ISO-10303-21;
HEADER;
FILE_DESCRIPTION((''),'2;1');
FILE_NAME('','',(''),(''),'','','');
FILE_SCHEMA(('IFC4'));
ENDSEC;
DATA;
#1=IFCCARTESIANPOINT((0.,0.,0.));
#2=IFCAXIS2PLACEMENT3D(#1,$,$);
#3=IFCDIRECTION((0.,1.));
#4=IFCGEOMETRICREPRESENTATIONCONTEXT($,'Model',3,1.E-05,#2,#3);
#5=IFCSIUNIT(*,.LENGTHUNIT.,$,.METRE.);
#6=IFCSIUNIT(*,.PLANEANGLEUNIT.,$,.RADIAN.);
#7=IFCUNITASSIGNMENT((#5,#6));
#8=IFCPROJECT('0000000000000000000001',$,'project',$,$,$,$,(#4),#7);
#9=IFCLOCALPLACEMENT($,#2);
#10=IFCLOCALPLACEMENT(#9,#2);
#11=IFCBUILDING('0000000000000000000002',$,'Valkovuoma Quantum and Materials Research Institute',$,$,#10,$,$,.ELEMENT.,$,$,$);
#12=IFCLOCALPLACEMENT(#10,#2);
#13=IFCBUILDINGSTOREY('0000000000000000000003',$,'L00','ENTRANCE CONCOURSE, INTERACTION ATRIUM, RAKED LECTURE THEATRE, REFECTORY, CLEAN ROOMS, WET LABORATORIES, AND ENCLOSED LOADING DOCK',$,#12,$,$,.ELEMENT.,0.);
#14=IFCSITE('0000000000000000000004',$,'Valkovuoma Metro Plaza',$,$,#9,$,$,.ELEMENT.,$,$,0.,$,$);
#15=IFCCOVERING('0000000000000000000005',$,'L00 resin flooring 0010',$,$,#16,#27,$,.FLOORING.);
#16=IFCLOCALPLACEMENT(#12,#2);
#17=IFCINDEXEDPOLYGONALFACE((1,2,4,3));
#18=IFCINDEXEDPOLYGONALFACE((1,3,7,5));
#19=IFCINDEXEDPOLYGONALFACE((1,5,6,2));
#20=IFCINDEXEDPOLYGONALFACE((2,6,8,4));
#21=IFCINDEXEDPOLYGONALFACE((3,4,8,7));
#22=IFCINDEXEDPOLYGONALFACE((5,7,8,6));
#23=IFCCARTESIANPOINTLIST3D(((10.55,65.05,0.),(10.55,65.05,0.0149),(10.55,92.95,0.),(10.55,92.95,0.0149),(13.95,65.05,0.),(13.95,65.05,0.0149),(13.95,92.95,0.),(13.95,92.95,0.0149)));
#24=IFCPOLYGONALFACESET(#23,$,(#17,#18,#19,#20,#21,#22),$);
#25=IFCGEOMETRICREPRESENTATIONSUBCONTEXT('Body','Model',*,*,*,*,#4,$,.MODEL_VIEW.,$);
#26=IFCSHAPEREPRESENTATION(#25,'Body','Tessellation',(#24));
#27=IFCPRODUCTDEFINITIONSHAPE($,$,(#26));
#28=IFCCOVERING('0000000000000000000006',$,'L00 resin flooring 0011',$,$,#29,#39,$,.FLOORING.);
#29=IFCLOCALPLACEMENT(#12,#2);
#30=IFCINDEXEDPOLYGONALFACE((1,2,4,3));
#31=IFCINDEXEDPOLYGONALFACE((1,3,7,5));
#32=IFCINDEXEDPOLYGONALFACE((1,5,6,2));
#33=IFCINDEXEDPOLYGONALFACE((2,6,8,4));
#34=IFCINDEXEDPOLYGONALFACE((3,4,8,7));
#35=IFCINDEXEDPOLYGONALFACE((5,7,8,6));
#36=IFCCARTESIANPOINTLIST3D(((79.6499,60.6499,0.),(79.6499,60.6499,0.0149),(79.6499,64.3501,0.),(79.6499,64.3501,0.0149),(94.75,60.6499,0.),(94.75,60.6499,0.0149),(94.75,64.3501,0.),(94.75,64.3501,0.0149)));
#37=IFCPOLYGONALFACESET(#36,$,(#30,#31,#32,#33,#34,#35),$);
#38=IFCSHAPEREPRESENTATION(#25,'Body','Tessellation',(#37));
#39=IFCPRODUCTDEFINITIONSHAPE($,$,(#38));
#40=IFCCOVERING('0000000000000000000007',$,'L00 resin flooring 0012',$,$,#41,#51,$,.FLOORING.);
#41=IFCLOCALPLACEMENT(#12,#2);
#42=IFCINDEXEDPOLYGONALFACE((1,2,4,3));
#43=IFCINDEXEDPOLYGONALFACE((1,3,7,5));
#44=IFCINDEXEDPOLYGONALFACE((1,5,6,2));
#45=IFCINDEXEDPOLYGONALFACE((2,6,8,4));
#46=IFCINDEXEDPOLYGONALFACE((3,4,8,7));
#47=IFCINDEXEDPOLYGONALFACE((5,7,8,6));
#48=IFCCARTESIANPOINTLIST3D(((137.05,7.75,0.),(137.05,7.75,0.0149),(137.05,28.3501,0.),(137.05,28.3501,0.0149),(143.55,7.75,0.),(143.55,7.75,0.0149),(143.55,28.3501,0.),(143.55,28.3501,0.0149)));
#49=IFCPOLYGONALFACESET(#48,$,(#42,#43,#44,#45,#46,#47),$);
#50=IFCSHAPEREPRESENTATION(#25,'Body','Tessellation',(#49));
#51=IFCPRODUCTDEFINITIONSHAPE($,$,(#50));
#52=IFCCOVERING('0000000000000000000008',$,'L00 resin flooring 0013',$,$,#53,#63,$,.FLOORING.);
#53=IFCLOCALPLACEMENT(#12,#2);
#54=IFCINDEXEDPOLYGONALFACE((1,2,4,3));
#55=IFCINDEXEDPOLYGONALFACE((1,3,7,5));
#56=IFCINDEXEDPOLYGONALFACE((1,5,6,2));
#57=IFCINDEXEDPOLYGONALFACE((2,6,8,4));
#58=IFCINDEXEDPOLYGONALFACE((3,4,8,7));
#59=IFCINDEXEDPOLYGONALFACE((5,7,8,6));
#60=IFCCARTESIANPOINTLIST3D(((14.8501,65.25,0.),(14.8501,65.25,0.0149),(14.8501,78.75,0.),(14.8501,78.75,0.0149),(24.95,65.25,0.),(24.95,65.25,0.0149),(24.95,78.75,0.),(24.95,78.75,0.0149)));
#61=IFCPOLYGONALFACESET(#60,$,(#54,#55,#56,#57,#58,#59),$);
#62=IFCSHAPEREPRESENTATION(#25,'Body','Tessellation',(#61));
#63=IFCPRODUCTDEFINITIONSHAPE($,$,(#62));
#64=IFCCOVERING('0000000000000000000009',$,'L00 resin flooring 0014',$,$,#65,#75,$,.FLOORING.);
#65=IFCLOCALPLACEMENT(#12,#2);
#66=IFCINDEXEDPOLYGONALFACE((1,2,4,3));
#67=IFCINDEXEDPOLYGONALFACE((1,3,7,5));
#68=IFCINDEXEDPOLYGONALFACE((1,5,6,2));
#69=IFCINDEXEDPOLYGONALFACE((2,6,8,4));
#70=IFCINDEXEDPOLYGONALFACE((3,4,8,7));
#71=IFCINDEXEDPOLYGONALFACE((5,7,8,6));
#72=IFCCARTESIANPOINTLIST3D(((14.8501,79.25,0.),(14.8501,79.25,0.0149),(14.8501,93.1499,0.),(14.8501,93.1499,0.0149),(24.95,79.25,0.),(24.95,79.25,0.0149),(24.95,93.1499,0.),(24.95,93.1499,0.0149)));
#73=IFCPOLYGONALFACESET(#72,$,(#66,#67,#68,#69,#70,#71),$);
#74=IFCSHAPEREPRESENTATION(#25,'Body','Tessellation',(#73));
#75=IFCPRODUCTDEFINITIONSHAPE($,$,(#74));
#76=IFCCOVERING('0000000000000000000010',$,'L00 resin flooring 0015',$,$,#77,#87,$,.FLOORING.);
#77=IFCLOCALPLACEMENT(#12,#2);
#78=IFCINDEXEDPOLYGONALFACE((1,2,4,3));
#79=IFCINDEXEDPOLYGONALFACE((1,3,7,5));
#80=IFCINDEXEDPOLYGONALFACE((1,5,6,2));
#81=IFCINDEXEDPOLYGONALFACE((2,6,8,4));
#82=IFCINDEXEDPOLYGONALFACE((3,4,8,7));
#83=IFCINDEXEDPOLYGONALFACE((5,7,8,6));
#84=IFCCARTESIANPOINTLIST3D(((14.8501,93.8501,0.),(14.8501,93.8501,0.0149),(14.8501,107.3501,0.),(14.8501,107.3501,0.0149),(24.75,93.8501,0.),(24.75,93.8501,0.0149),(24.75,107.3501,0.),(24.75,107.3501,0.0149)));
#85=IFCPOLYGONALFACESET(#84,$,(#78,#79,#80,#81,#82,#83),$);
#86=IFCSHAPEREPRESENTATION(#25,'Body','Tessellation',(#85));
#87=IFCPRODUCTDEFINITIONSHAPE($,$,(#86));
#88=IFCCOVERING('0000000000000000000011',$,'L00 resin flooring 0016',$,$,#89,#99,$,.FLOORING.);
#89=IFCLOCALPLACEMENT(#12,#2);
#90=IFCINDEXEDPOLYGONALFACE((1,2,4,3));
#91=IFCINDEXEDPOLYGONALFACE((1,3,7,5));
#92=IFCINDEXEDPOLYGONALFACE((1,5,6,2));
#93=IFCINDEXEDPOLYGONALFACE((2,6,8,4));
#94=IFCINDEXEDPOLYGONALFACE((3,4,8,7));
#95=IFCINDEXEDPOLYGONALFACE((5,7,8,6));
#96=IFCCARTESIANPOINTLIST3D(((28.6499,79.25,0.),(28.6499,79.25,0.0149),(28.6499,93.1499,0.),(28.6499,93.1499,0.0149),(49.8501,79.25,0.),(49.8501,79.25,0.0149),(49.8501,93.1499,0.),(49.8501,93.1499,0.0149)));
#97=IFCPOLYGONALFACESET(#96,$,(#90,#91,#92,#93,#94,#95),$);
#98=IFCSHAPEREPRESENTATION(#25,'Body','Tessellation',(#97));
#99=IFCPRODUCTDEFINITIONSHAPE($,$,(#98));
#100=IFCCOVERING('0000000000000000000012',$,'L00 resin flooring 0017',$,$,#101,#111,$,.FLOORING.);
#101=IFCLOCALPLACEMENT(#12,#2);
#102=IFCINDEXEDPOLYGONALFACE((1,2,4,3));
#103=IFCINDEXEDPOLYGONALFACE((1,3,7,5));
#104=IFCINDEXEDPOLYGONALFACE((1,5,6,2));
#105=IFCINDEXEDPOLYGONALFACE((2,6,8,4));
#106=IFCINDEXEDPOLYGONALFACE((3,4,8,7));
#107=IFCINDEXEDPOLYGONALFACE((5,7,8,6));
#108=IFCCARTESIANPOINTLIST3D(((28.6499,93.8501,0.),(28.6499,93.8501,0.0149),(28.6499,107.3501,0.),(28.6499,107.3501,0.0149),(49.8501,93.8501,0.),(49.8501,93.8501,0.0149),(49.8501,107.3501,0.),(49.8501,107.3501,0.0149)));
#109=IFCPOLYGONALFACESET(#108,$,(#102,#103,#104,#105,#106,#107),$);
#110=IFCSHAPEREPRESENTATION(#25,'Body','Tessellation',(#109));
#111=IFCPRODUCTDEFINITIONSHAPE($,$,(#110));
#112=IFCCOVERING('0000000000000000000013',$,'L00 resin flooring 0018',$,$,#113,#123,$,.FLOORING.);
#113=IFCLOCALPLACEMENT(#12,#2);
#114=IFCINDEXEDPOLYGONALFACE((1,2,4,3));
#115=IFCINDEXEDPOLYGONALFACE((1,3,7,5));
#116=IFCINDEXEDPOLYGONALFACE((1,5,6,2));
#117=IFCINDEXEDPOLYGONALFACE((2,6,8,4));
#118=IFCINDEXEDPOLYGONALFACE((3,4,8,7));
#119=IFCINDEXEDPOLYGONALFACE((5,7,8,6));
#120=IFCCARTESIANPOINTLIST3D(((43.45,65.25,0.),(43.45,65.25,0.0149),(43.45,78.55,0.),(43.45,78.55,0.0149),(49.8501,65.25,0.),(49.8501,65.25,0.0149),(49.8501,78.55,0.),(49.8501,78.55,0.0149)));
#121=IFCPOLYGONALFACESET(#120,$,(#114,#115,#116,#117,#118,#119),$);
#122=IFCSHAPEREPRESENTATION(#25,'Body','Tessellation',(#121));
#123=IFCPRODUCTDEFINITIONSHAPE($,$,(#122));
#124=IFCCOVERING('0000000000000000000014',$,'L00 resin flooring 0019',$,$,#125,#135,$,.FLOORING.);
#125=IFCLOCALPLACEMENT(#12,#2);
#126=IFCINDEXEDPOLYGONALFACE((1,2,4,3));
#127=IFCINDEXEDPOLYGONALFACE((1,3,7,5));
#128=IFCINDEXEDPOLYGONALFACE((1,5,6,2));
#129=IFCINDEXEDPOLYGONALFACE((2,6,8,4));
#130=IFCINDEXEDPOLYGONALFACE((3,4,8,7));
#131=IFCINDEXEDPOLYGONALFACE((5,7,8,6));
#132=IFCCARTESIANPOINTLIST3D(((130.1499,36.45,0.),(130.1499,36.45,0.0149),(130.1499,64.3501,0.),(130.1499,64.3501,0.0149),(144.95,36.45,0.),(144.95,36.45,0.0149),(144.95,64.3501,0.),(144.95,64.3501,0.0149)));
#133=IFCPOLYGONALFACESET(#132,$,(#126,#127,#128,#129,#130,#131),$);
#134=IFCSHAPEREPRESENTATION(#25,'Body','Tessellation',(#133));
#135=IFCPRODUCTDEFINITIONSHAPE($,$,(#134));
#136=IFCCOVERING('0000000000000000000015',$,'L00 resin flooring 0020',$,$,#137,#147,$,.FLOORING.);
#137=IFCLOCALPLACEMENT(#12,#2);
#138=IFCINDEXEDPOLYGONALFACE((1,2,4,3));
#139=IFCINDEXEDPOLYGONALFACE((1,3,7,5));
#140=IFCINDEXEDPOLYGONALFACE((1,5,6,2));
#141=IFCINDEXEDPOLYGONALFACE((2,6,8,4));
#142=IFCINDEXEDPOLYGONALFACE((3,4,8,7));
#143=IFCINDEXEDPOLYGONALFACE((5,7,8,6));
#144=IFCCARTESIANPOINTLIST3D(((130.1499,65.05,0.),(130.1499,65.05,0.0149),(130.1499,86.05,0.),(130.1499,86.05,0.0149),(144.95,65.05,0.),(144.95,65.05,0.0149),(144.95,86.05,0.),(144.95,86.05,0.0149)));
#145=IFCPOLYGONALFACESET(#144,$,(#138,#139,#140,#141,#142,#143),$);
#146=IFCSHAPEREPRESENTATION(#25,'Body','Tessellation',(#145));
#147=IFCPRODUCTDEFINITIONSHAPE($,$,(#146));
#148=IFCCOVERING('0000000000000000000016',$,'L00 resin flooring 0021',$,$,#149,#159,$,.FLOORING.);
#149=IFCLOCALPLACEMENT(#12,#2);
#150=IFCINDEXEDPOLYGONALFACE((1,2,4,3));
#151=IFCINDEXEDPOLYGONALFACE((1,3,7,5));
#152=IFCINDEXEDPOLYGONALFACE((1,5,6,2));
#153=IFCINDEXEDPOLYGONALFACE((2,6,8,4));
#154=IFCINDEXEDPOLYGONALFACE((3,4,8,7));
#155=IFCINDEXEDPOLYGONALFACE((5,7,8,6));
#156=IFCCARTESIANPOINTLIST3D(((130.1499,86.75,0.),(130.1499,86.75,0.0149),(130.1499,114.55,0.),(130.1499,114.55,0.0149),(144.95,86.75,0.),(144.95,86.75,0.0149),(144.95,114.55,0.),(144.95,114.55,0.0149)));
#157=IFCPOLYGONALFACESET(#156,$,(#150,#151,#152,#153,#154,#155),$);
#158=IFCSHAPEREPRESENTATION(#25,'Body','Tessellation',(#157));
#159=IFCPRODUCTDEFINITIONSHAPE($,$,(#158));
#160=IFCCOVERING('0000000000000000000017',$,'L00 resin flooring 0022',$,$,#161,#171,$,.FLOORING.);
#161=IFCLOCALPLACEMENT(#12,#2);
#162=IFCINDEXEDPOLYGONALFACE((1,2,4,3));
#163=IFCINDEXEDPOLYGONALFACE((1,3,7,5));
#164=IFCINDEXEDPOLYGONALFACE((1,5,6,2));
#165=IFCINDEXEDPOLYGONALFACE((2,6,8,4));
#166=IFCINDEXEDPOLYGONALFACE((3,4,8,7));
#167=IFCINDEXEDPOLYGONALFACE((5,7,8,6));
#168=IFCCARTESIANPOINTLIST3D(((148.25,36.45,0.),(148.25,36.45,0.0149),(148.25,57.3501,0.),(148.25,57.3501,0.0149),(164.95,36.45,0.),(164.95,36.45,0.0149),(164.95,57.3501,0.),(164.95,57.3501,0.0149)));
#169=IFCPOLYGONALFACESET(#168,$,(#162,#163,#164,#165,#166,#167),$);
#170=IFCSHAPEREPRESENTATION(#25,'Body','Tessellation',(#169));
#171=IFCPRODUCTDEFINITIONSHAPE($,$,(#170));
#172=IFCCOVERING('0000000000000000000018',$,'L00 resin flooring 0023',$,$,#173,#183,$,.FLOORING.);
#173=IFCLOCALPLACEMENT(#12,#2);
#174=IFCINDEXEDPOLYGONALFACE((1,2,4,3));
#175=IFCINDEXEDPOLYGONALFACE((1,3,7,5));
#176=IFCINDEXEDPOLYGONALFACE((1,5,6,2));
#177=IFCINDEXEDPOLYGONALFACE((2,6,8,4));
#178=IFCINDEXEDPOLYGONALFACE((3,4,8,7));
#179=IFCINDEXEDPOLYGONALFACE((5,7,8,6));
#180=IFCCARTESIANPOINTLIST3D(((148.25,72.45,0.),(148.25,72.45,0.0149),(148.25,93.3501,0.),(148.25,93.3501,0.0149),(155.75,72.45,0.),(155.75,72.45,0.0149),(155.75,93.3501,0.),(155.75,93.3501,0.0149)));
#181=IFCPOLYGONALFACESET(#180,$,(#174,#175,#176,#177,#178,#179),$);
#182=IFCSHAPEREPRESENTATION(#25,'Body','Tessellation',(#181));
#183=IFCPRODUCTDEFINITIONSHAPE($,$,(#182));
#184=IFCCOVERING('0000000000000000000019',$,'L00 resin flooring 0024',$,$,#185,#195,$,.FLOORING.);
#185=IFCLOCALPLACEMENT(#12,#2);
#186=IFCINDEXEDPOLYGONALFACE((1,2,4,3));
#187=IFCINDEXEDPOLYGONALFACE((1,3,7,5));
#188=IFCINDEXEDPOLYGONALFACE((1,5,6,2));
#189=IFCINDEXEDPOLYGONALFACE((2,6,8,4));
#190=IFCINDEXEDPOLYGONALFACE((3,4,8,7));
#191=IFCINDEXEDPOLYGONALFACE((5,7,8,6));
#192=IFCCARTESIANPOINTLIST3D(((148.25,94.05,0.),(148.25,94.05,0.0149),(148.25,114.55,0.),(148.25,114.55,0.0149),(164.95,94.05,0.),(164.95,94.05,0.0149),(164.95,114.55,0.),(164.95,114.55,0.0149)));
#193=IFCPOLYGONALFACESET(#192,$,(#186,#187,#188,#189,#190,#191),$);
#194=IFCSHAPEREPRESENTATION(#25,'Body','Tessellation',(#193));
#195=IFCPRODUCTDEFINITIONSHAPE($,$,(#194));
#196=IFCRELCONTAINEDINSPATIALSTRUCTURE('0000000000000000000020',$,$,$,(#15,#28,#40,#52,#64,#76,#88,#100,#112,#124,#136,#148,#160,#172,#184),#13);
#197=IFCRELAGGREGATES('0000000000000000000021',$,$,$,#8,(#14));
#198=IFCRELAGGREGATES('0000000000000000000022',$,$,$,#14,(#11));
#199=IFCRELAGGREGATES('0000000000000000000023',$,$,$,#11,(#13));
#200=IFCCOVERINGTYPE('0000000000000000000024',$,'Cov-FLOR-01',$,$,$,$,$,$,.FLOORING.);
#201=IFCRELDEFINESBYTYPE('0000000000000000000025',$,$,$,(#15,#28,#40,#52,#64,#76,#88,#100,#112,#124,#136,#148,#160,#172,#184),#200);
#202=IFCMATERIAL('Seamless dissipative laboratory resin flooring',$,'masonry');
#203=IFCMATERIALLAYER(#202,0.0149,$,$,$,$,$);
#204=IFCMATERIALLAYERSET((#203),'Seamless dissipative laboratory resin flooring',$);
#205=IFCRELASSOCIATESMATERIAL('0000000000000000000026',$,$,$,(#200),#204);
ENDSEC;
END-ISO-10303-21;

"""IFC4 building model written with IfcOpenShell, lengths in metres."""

from ifc_helpers import new_model, si_unit, direction, origin, place, context, subcontext, project, spatial, polyline, outline, extrude, material, layer, layer_set, type_object, element, save


model = new_model("IFC4")

# Units and contexts
model_context = context("Model", 3, precision=1e-05, world=origin(), true_north=direction((0.0, 1.0)))
body_context = subcontext(model_context, "Body", "Model", "MODEL_VIEW")
ifc_project = project(units=[si_unit("LENGTHUNIT", "METRE"), si_unit("PLANEANGLEUNIT", "RADIAN")], contexts=[model_context])

# Site, building, storey
site_placement = place(None, origin())
site = spatial("IfcSite", under=ifc_project, at=site_placement, Name="Valkovuoma Metro Plaza", CompositionType="ELEMENT", RefElevation=0.0)
building_placement = place(site_placement, origin())
building = spatial("IfcBuilding", under=site, at=building_placement, Name="Valkovuoma Quantum and Materials Research Institute", CompositionType="ELEMENT")
storey_placement = place(building_placement, origin())
storey = spatial("IfcBuildingStorey", under=building, at=storey_placement, Name="L00", Description="ENTRANCE CONCOURSE, INTERACTION ATRIUM, RAKED LECTURE THEATRE, REFECTORY, CLEAN ROOMS, WET LABORATORIES, AND ENCLOSED LOADING DOCK", CompositionType="ELEMENT", Elevation=0.0)

# Coverings
ifc_material_1 = material(Name="Seamless dissipative laboratory resin flooring", Category="masonry")
ifc_layer_1 = layer(ifc_material_1, 0.0149)
ifc_layer_set_1 = layer_set([ifc_layer_1], Name="Seamless dissipative laboratory resin flooring")
covering_type_1 = type_object("IfcCoveringType", Name="Cov-FLOR-01", PredefinedType="FLOORING", material=ifc_layer_set_1)
covering_1_placement = place(storey_placement, origin())
element("IfcCovering", 1, at=covering_1_placement, inside=storey, type_object=covering_type_1, Name="L00 resin flooring 0010", PredefinedType="FLOORING", context=body_context, shape_type="SweptSolid", body=[
    extrude(outline(polyline([(10.55, 65.05), (13.95, 65.05), (13.95, 92.95), (10.55, 92.95), (10.55, 65.05)])), origin(), (0.0, 0.0, 1.0), 0.0149),
])
covering_2_placement = place(storey_placement, origin())
element("IfcCovering", 2, at=covering_2_placement, inside=storey, type_object=covering_type_1, Name="L00 resin flooring 0011", PredefinedType="FLOORING", context=body_context, shape_type="SweptSolid", body=[
    extrude(outline(polyline([(79.6499, 60.6499), (94.75, 60.6499), (94.75, 64.3501), (79.6499, 64.3501), (79.6499, 60.6499)])), origin(), (0.0, 0.0, 1.0), 0.0149),
])
covering_3_placement = place(storey_placement, origin())
element("IfcCovering", 3, at=covering_3_placement, inside=storey, type_object=covering_type_1, Name="L00 resin flooring 0012", PredefinedType="FLOORING", context=body_context, shape_type="SweptSolid", body=[
    extrude(outline(polyline([(137.05, 7.75), (143.55, 7.75), (143.55, 28.3501), (137.05, 28.3501), (137.05, 7.75)])), origin(), (0.0, 0.0, 1.0), 0.0149),
])
covering_4_placement = place(storey_placement, origin())
element("IfcCovering", 4, at=covering_4_placement, inside=storey, type_object=covering_type_1, Name="L00 resin flooring 0013", PredefinedType="FLOORING", context=body_context, shape_type="SweptSolid", body=[
    extrude(outline(polyline([(14.8501, 65.25), (24.95, 65.25), (24.95, 78.75), (14.8501, 78.75), (14.8501, 65.25)])), origin(), (0.0, 0.0, 1.0), 0.0149),
])
covering_5_placement = place(storey_placement, origin())
element("IfcCovering", 5, at=covering_5_placement, inside=storey, type_object=covering_type_1, Name="L00 resin flooring 0014", PredefinedType="FLOORING", context=body_context, shape_type="SweptSolid", body=[
    extrude(outline(polyline([(14.8501, 79.25), (24.95, 79.25), (24.95, 93.1499), (14.8501, 93.1499), (14.8501, 79.25)])), origin(), (0.0, 0.0, 1.0), 0.0149),
])
covering_6_placement = place(storey_placement, origin())
element("IfcCovering", 6, at=covering_6_placement, inside=storey, type_object=covering_type_1, Name="L00 resin flooring 0015", PredefinedType="FLOORING", context=body_context, shape_type="SweptSolid", body=[
    extrude(outline(polyline([(14.8501, 93.8501), (24.75, 93.8501), (24.75, 107.3501), (14.8501, 107.3501), (14.8501, 93.8501)])), origin(), (0.0, 0.0, 1.0), 0.0149),
])
covering_7_placement = place(storey_placement, origin())
element("IfcCovering", 7, at=covering_7_placement, inside=storey, type_object=covering_type_1, Name="L00 resin flooring 0016", PredefinedType="FLOORING", context=body_context, shape_type="SweptSolid", body=[
    extrude(outline(polyline([(28.6499, 79.25), (49.8501, 79.25), (49.8501, 93.1499), (28.6499, 93.1499), (28.6499, 79.25)])), origin(), (0.0, 0.0, 1.0), 0.0149),
])
covering_8_placement = place(storey_placement, origin())
element("IfcCovering", 8, at=covering_8_placement, inside=storey, type_object=covering_type_1, Name="L00 resin flooring 0017", PredefinedType="FLOORING", context=body_context, shape_type="SweptSolid", body=[
    extrude(outline(polyline([(28.6499, 93.8501), (49.8501, 93.8501), (49.8501, 107.3501), (28.6499, 107.3501), (28.6499, 93.8501)])), origin(), (0.0, 0.0, 1.0), 0.0149),
])
covering_9_placement = place(storey_placement, origin())
element("IfcCovering", 9, at=covering_9_placement, inside=storey, type_object=covering_type_1, Name="L00 resin flooring 0018", PredefinedType="FLOORING", context=body_context, shape_type="SweptSolid", body=[
    extrude(outline(polyline([(43.45, 65.25), (49.8501, 65.25), (49.8501, 78.55), (43.45, 78.55), (43.45, 65.25)])), origin(), (0.0, 0.0, 1.0), 0.0149),
])
covering_10_placement = place(storey_placement, origin())
element("IfcCovering", 10, at=covering_10_placement, inside=storey, type_object=covering_type_1, Name="L00 resin flooring 0019", PredefinedType="FLOORING", context=body_context, shape_type="SweptSolid", body=[
    extrude(outline(polyline([(130.1499, 36.45), (144.95, 36.45), (144.95, 64.3501), (130.1499, 64.3501), (130.1499, 36.45)])), origin(), (0.0, 0.0, 1.0), 0.0149),
])
covering_11_placement = place(storey_placement, origin())
element("IfcCovering", 11, at=covering_11_placement, inside=storey, type_object=covering_type_1, Name="L00 resin flooring 0020", PredefinedType="FLOORING", context=body_context, shape_type="SweptSolid", body=[
    extrude(outline(polyline([(130.1499, 65.05), (144.95, 65.05), (144.95, 86.05), (130.1499, 86.05), (130.1499, 65.05)])), origin(), (0.0, 0.0, 1.0), 0.0149),
])
covering_12_placement = place(storey_placement, origin())
element("IfcCovering", 12, at=covering_12_placement, inside=storey, type_object=covering_type_1, Name="L00 resin flooring 0021", PredefinedType="FLOORING", context=body_context, shape_type="SweptSolid", body=[
    extrude(outline(polyline([(130.1499, 86.75), (144.95, 86.75), (144.95, 114.55), (130.1499, 114.55), (130.1499, 86.75)])), origin(), (0.0, 0.0, 1.0), 0.0149),
])
covering_13_placement = place(storey_placement, origin())
element("IfcCovering", 13, at=covering_13_placement, inside=storey, type_object=covering_type_1, Name="L00 resin flooring 0022", PredefinedType="FLOORING", context=body_context, shape_type="SweptSolid", body=[
    extrude(outline(polyline([(148.25, 36.45), (164.95, 36.45), (164.95, 57.3501), (148.25, 57.3501), (148.25, 36.45)])), origin(), (0.0, 0.0, 1.0), 0.0149),
])
covering_14_placement = place(storey_placement, origin())
element("IfcCovering", 14, at=covering_14_placement, inside=storey, type_object=covering_type_1, Name="L00 resin flooring 0023", PredefinedType="FLOORING", context=body_context, shape_type="SweptSolid", body=[
    extrude(outline(polyline([(148.25, 72.45), (155.75, 72.45), (155.75, 93.3501), (148.25, 93.3501), (148.25, 72.45)])), origin(), (0.0, 0.0, 1.0), 0.0149),
])
covering_15_placement = place(storey_placement, origin())
element("IfcCovering", 15, at=covering_15_placement, inside=storey, type_object=covering_type_1, Name="L00 resin flooring 0024", PredefinedType="FLOORING", context=body_context, shape_type="SweptSolid", body=[
    extrude(outline(polyline([(148.25, 94.05), (164.95, 94.05), (164.95, 114.55), (148.25, 114.55), (148.25, 94.05)])), origin(), (0.0, 0.0, 1.0), 0.0149),
])

save(model, "model.ifc")
